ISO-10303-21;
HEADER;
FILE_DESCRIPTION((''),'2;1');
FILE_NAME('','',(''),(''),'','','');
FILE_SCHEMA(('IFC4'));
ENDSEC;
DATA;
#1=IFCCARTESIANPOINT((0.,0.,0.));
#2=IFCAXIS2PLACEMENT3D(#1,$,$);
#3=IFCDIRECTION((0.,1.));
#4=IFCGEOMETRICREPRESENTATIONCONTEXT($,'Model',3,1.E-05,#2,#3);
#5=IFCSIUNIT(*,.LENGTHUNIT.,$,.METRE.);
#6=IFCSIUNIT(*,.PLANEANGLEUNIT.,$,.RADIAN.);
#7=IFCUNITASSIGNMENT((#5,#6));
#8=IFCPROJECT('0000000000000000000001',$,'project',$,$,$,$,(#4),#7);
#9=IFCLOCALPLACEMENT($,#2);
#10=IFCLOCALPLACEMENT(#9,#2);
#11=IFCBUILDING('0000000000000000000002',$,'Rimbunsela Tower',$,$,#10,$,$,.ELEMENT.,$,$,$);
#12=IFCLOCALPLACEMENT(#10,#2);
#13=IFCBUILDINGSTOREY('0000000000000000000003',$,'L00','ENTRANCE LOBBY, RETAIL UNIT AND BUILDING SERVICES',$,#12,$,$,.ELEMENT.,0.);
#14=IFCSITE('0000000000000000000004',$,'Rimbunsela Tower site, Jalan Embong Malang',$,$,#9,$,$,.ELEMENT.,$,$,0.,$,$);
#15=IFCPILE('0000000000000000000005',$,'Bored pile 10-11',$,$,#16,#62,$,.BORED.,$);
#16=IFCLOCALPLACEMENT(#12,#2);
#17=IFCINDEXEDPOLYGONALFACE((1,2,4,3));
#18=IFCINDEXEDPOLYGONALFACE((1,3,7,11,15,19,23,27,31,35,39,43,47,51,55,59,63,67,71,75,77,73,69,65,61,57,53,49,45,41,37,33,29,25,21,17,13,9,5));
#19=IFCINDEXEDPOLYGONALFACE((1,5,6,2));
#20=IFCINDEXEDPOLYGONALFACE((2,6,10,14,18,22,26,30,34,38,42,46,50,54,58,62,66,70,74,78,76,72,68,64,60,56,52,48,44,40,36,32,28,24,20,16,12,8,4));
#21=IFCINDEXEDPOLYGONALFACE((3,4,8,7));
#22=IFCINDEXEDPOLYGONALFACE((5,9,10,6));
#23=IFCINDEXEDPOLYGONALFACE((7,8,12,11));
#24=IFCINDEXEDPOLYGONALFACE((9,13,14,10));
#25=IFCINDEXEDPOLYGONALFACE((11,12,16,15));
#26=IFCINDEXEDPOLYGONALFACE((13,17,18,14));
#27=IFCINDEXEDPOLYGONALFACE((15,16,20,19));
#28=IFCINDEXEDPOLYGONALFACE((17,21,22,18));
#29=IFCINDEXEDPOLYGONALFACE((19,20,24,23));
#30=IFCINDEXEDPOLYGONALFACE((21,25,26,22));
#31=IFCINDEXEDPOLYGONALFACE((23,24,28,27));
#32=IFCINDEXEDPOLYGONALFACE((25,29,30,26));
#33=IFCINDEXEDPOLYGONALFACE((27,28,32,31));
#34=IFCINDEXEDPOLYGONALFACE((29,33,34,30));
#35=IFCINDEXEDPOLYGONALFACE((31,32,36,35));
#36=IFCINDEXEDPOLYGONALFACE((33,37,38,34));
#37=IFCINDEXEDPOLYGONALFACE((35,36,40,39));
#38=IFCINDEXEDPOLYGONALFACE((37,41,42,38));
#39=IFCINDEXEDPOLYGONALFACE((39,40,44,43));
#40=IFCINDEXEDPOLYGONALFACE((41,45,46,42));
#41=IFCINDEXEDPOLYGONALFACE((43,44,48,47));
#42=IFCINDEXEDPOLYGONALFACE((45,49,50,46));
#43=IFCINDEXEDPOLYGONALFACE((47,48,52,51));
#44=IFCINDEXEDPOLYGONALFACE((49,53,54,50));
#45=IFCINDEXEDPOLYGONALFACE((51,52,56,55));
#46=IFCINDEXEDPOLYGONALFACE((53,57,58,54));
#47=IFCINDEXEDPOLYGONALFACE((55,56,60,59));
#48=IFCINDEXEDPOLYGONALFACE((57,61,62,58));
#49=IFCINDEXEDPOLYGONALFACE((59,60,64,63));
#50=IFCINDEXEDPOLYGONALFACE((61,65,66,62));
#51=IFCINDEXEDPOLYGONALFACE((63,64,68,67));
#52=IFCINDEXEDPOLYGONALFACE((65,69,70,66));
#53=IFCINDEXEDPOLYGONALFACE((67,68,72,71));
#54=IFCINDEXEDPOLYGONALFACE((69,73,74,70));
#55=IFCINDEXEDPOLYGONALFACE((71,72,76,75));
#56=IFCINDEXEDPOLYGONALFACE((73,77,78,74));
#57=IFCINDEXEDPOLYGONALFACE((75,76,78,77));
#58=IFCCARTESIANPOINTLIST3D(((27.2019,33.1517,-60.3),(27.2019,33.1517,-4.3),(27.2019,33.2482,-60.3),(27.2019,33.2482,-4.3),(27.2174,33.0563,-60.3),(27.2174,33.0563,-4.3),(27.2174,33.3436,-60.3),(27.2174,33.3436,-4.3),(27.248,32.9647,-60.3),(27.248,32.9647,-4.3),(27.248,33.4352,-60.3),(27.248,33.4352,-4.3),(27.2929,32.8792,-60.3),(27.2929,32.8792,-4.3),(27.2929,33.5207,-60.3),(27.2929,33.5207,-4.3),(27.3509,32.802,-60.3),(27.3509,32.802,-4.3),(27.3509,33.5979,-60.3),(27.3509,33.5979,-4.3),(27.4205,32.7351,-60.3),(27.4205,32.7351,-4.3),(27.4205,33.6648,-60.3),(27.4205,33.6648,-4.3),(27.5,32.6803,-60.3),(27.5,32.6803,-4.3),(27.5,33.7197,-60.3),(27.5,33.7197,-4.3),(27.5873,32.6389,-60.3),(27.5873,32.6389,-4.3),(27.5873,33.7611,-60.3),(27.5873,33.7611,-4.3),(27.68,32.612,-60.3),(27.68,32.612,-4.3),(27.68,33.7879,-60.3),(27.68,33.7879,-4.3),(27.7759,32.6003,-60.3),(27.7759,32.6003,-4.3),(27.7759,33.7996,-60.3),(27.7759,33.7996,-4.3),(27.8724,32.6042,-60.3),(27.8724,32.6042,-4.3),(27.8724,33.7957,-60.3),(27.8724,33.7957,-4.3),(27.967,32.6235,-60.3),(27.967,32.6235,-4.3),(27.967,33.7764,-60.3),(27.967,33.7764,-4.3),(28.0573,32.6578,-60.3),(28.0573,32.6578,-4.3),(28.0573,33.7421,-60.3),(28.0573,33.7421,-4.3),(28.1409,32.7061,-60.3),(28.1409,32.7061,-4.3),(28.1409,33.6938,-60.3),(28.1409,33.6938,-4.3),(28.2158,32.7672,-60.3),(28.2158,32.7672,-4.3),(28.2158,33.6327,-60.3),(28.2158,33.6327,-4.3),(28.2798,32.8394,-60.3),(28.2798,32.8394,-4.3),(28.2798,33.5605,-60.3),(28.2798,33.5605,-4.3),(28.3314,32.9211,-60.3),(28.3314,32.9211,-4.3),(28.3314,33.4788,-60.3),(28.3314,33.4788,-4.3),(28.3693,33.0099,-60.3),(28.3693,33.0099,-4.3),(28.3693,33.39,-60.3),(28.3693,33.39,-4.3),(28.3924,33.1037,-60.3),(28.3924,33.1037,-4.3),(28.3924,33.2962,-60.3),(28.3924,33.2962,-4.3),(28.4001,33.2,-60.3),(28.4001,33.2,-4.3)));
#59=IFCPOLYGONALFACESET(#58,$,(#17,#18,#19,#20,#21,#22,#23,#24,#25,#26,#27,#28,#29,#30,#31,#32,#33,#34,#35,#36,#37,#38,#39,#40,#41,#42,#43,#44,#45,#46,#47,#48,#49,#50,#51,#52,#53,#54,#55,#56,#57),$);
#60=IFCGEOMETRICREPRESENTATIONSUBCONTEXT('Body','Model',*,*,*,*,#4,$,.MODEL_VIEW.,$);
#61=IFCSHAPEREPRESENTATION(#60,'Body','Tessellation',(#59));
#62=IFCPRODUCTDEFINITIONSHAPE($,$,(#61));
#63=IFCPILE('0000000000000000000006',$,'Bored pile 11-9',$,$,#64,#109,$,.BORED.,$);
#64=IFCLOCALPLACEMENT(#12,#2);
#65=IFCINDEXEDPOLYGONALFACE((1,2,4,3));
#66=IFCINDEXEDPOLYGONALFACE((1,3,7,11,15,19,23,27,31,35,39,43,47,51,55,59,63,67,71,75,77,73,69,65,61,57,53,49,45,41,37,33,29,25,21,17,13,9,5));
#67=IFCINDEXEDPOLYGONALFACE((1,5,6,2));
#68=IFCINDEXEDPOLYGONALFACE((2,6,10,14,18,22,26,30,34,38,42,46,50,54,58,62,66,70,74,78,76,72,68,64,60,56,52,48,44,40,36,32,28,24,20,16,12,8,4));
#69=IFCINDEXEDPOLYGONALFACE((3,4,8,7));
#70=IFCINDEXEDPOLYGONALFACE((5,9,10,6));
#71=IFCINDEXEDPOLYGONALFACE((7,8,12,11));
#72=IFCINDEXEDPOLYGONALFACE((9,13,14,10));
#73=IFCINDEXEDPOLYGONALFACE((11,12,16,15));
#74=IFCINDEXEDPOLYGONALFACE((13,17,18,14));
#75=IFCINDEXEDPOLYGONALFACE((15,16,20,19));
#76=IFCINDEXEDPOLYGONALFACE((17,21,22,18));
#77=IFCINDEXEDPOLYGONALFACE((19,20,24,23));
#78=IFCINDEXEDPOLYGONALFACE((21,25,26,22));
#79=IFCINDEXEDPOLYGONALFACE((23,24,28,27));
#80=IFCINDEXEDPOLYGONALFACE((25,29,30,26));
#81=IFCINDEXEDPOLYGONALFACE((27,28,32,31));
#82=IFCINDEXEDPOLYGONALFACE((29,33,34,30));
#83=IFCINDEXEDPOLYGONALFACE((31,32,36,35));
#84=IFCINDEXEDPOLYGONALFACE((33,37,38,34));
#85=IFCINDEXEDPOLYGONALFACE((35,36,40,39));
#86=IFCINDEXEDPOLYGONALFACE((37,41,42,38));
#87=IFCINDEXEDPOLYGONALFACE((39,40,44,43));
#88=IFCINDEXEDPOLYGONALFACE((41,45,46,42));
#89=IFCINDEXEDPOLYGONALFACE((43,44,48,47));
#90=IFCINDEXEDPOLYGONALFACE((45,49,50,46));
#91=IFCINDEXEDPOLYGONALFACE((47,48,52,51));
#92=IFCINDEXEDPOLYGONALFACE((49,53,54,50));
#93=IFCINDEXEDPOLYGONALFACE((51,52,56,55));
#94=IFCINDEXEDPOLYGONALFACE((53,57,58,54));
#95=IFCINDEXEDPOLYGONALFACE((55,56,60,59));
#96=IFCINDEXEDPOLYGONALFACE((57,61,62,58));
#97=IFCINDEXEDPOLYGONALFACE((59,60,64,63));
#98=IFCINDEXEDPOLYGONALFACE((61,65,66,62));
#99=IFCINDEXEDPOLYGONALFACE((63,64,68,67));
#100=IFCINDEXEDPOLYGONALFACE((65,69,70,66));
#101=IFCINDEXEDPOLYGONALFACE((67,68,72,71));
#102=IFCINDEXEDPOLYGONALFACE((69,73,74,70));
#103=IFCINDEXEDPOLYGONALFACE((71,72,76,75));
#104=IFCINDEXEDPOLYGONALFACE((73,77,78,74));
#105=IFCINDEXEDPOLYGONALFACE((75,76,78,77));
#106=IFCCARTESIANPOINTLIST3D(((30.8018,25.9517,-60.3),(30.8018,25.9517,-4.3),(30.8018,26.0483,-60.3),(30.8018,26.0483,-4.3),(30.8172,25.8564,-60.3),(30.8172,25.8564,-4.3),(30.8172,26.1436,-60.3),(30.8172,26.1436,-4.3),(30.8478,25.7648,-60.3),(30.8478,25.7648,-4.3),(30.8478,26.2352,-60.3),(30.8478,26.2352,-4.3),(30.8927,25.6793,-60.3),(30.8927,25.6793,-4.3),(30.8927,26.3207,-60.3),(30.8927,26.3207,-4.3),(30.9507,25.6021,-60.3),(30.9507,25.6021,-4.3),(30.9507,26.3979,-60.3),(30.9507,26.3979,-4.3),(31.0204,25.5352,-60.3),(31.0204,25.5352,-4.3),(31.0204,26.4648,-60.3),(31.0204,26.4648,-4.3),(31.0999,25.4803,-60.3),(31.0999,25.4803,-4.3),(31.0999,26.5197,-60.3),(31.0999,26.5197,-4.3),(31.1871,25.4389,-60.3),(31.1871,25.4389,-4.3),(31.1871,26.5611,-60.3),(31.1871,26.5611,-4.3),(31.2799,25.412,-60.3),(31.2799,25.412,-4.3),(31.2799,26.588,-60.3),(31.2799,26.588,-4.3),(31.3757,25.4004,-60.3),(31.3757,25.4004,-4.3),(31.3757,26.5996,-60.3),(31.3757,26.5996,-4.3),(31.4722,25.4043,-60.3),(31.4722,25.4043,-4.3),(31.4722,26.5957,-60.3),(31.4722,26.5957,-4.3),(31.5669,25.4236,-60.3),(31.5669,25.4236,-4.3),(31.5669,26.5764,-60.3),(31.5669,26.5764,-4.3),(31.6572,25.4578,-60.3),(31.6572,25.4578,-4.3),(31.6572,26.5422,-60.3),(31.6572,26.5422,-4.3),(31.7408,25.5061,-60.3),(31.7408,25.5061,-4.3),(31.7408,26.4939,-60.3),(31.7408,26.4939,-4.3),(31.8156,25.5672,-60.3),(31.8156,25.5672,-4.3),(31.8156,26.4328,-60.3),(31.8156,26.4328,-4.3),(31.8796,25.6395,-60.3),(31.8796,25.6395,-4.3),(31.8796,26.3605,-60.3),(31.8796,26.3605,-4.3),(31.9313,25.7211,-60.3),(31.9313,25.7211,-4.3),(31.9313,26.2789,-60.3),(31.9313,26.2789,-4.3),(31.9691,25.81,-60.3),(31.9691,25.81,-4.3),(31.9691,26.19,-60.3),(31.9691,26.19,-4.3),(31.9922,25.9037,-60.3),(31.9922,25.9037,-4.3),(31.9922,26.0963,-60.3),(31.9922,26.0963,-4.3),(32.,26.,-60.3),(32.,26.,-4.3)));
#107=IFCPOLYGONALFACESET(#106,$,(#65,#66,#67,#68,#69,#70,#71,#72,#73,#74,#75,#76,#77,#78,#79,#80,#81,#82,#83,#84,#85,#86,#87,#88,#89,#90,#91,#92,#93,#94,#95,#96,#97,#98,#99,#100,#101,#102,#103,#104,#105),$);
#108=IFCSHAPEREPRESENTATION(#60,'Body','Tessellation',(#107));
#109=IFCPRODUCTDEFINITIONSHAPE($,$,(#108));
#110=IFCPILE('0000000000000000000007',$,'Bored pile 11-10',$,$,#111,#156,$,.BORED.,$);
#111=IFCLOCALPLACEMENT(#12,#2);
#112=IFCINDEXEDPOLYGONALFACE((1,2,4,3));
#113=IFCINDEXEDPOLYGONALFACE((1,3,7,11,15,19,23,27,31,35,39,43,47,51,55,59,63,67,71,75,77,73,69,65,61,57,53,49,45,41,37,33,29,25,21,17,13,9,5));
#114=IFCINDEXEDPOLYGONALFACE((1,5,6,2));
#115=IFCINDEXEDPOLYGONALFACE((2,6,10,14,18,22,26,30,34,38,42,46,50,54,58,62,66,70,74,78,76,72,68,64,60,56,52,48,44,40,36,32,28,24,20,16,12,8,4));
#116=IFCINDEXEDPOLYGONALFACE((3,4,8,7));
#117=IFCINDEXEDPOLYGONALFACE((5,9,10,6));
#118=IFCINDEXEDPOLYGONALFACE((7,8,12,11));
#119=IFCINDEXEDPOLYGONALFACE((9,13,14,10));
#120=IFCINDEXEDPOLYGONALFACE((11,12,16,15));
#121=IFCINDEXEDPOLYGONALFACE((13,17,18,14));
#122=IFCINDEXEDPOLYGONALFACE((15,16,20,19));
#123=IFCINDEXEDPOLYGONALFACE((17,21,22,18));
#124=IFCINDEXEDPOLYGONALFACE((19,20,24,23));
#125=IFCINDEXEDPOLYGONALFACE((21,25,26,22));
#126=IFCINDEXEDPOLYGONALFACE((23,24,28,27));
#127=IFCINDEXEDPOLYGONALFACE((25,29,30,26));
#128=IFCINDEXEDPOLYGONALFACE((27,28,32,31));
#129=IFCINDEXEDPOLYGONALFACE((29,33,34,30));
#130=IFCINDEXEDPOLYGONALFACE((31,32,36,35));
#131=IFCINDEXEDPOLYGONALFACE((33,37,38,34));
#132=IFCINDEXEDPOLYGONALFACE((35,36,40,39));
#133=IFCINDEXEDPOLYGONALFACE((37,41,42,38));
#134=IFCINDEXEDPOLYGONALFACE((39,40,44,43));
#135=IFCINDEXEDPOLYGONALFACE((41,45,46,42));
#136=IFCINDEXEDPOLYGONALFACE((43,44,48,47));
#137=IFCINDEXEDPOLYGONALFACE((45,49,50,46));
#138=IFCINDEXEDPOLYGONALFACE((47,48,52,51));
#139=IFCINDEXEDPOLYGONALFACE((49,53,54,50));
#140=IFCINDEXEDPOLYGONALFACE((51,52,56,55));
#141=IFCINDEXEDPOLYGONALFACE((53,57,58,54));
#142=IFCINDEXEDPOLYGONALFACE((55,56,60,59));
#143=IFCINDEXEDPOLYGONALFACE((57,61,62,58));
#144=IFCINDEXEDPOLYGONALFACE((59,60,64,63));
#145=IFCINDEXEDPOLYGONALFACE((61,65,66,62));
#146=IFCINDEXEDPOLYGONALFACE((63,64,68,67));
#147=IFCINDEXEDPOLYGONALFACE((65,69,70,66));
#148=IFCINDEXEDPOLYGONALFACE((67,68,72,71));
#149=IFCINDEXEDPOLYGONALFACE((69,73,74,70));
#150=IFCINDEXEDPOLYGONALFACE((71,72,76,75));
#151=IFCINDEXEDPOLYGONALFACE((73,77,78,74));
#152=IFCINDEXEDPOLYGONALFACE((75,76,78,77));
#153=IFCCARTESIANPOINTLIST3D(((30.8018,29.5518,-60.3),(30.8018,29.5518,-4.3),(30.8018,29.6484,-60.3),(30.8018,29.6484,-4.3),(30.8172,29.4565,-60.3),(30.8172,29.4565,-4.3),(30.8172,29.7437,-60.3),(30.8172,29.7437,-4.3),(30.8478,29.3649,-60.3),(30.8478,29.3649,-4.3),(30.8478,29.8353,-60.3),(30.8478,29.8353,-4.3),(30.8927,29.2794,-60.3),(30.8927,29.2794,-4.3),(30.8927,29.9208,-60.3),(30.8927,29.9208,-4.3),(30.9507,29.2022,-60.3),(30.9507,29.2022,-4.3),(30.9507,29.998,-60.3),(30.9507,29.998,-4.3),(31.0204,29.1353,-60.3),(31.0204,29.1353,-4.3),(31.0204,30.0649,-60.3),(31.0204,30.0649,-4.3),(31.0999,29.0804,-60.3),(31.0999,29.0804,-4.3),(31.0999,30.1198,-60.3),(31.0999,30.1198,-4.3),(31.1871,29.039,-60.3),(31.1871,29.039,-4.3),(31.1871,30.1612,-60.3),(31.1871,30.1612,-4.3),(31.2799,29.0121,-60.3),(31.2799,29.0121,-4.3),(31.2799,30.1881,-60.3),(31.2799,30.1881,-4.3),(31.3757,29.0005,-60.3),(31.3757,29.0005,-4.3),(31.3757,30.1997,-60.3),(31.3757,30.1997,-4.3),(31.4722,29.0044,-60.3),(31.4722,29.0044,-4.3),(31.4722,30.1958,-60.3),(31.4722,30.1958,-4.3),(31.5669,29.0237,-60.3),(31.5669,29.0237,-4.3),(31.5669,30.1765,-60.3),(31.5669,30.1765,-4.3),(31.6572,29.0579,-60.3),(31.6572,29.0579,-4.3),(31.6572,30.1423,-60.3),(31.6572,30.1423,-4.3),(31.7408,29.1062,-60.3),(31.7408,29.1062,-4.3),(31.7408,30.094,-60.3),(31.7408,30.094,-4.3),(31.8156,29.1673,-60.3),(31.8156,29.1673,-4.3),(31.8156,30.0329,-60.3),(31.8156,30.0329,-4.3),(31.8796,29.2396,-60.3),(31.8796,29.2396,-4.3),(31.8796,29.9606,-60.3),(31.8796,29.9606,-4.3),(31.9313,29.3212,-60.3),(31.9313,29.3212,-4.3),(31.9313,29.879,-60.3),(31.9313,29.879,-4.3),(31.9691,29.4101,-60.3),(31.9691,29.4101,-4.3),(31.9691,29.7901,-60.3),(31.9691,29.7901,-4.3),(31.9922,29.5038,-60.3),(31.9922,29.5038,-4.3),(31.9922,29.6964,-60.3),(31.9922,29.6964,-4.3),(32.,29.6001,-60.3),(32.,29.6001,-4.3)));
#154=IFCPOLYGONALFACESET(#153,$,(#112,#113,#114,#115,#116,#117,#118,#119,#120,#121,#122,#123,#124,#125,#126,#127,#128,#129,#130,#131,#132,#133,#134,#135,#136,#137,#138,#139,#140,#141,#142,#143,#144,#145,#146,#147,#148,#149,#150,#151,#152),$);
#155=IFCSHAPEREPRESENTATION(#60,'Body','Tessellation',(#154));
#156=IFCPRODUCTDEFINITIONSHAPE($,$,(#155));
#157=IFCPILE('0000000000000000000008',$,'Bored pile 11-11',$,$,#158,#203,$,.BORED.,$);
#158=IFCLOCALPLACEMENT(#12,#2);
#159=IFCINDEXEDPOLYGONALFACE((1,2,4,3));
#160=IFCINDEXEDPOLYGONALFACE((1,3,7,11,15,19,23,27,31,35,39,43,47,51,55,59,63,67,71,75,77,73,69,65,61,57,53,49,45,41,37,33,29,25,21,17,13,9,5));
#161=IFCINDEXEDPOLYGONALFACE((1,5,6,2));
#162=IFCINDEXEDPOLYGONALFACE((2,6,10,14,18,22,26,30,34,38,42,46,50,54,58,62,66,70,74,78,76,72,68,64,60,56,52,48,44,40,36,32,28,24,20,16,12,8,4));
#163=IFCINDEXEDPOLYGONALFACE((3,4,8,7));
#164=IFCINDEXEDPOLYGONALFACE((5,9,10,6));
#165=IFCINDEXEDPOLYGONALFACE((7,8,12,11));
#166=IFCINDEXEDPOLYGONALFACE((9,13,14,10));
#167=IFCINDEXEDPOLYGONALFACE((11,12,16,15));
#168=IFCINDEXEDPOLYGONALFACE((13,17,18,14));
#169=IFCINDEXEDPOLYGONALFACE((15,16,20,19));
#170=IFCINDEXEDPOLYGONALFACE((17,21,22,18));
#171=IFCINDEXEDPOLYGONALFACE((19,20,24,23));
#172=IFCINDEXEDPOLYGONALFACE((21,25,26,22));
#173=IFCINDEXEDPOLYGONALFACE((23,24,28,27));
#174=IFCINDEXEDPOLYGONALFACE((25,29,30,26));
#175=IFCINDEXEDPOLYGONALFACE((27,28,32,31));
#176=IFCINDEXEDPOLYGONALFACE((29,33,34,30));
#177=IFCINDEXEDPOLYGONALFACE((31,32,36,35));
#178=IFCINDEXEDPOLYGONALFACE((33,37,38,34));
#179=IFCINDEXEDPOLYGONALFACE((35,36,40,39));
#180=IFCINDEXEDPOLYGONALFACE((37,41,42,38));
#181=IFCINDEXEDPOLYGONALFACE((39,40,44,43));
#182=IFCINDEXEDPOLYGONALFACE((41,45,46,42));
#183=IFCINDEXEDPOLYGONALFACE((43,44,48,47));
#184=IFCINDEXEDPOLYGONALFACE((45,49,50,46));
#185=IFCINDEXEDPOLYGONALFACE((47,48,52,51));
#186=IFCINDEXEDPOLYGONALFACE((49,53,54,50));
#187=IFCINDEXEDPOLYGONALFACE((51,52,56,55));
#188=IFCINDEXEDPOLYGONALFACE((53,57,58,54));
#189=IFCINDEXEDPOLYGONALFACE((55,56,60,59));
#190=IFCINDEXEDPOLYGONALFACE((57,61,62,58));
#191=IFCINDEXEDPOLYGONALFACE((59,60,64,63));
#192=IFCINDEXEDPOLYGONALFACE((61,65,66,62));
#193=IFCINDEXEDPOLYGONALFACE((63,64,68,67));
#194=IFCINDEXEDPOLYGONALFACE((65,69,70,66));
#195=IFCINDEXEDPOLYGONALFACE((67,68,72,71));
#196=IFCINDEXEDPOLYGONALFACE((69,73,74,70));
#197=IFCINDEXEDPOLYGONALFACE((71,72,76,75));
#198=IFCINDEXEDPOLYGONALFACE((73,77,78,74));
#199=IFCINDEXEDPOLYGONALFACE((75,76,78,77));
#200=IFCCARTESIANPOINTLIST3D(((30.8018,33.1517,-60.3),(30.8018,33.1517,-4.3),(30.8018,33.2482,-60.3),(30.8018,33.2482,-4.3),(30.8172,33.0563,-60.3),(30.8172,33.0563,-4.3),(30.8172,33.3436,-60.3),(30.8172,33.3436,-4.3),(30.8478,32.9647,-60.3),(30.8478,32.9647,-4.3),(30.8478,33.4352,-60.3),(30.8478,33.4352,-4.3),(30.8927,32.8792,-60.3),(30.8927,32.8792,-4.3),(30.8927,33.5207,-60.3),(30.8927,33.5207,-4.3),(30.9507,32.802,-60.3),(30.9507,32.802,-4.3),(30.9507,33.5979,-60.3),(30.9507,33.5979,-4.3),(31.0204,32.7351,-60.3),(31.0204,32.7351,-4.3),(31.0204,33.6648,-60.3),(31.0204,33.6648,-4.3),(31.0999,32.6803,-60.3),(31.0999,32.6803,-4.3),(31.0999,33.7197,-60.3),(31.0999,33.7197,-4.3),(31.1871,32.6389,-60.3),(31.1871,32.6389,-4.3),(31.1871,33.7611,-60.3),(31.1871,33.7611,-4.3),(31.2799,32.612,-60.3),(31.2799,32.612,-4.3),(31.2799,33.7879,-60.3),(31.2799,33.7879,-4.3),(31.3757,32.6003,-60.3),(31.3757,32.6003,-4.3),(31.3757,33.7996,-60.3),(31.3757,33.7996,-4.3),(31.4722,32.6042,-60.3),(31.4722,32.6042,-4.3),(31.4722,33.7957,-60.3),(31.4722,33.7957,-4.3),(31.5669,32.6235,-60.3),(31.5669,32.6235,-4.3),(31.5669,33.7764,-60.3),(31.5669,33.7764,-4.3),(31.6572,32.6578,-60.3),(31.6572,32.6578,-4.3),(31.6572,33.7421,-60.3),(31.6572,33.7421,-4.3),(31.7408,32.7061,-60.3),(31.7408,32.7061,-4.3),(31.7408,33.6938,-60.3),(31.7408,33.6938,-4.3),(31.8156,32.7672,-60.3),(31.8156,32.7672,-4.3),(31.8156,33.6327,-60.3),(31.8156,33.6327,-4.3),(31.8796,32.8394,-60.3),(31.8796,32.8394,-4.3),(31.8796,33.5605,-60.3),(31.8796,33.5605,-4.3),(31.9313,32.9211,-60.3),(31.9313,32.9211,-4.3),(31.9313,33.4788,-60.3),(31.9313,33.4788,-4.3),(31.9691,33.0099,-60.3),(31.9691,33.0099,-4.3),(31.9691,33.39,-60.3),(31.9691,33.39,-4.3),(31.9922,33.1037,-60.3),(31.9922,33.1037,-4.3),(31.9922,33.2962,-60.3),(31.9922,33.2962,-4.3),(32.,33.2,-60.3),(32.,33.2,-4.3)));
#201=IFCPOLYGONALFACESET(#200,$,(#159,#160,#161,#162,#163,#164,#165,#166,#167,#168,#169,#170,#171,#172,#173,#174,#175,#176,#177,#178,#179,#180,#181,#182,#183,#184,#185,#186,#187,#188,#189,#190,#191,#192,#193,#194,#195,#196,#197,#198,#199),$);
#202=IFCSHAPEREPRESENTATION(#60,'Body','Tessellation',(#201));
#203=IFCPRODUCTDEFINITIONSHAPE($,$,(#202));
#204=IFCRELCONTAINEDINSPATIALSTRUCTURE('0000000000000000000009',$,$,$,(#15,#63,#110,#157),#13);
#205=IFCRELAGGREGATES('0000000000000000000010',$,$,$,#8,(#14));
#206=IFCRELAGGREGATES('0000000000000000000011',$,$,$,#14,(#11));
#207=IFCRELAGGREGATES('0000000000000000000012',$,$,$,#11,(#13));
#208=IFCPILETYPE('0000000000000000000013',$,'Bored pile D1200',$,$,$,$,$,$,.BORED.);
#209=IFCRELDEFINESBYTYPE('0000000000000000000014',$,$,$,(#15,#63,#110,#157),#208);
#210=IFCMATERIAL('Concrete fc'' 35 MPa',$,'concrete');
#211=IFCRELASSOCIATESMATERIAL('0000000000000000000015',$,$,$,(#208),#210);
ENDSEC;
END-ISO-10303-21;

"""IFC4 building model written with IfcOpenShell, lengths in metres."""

from ifc_helpers import new_model, si_unit, direction, frame, origin, origin_2d, place, context, subcontext, project, spatial, circle, extrude, material, material_profile, profile_set, type_object, element, save


model = new_model("IFC4")

# Units and contexts
model_context = context("Model", 3, precision=1e-05, world=origin(), true_north=direction((0.0, 1.0)))
body_context = subcontext(model_context, "Body", "Model", "MODEL_VIEW")
ifc_project = project(units=[si_unit("LENGTHUNIT", "METRE"), si_unit("PLANEANGLEUNIT", "RADIAN")], contexts=[model_context])

# Site, building, storey
site_placement = place(None, origin())
site = spatial("IfcSite", under=ifc_project, at=site_placement, Name="Rimbunsela Tower site, Jalan Embong Malang", CompositionType="ELEMENT", RefElevation=0.0)
building_placement = place(site_placement, origin())
building = spatial("IfcBuilding", under=site, at=building_placement, Name="Rimbunsela Tower", CompositionType="ELEMENT")
storey_placement = place(building_placement, origin())
storey = spatial("IfcBuildingStorey", under=building, at=storey_placement, Name="L00", Description="ENTRANCE LOBBY, RETAIL UNIT AND BUILDING SERVICES", CompositionType="ELEMENT", Elevation=0.0)

# Piles
ifc_material_1 = material(Name="Concrete fc' 35 MPa", Category="concrete")
ifc_material_profile = material_profile(ifc_material_1, circle(Radius=0.6001, at=origin_2d()), Name="BP D1200")
ifc_profile_set = profile_set([ifc_material_profile], Name="Concrete fc' 35 MPa")
pile_type = type_object("IfcPileType", Name="Bored pile D1200", PredefinedType="BORED", material=ifc_profile_set)
for number, where, z_axis, x_axis, name in (
    (1, (27.8, 33.2, -4.3), (0.0, 0.0, -1.0), (1.0, 0.0, 0.0), "Bored pile 10-11"),
    (2, (31.3999, 26.0, -4.3), (0.0, 0.0, -1.0), (1.0, 0.0, 0.0), "Bored pile 11-9"),
    (3, (31.3999, 29.6001, -4.3), (0.0, 0.0, -1.0), (1.0, 0.0, 0.0), "Bored pile 11-10"),
    (4, (31.3999, 33.2, -4.3), (0.0, 0.0, -1.0), (1.0, 0.0, 0.0), "Bored pile 11-11"),
):
    element("IfcPile", number, at=place(storey_placement, frame(where, z_axis=z_axis, x_axis=x_axis)), inside=storey, type_object=pile_type, Name=name, PredefinedType="BORED", context=body_context, shape_type="SweptSolid", body=[
        extrude(circle(Radius=0.6001, at=origin_2d()), origin(), (0.0, 0.0, 1.0), 56.0),
    ])

save(model, "model.ifc")
